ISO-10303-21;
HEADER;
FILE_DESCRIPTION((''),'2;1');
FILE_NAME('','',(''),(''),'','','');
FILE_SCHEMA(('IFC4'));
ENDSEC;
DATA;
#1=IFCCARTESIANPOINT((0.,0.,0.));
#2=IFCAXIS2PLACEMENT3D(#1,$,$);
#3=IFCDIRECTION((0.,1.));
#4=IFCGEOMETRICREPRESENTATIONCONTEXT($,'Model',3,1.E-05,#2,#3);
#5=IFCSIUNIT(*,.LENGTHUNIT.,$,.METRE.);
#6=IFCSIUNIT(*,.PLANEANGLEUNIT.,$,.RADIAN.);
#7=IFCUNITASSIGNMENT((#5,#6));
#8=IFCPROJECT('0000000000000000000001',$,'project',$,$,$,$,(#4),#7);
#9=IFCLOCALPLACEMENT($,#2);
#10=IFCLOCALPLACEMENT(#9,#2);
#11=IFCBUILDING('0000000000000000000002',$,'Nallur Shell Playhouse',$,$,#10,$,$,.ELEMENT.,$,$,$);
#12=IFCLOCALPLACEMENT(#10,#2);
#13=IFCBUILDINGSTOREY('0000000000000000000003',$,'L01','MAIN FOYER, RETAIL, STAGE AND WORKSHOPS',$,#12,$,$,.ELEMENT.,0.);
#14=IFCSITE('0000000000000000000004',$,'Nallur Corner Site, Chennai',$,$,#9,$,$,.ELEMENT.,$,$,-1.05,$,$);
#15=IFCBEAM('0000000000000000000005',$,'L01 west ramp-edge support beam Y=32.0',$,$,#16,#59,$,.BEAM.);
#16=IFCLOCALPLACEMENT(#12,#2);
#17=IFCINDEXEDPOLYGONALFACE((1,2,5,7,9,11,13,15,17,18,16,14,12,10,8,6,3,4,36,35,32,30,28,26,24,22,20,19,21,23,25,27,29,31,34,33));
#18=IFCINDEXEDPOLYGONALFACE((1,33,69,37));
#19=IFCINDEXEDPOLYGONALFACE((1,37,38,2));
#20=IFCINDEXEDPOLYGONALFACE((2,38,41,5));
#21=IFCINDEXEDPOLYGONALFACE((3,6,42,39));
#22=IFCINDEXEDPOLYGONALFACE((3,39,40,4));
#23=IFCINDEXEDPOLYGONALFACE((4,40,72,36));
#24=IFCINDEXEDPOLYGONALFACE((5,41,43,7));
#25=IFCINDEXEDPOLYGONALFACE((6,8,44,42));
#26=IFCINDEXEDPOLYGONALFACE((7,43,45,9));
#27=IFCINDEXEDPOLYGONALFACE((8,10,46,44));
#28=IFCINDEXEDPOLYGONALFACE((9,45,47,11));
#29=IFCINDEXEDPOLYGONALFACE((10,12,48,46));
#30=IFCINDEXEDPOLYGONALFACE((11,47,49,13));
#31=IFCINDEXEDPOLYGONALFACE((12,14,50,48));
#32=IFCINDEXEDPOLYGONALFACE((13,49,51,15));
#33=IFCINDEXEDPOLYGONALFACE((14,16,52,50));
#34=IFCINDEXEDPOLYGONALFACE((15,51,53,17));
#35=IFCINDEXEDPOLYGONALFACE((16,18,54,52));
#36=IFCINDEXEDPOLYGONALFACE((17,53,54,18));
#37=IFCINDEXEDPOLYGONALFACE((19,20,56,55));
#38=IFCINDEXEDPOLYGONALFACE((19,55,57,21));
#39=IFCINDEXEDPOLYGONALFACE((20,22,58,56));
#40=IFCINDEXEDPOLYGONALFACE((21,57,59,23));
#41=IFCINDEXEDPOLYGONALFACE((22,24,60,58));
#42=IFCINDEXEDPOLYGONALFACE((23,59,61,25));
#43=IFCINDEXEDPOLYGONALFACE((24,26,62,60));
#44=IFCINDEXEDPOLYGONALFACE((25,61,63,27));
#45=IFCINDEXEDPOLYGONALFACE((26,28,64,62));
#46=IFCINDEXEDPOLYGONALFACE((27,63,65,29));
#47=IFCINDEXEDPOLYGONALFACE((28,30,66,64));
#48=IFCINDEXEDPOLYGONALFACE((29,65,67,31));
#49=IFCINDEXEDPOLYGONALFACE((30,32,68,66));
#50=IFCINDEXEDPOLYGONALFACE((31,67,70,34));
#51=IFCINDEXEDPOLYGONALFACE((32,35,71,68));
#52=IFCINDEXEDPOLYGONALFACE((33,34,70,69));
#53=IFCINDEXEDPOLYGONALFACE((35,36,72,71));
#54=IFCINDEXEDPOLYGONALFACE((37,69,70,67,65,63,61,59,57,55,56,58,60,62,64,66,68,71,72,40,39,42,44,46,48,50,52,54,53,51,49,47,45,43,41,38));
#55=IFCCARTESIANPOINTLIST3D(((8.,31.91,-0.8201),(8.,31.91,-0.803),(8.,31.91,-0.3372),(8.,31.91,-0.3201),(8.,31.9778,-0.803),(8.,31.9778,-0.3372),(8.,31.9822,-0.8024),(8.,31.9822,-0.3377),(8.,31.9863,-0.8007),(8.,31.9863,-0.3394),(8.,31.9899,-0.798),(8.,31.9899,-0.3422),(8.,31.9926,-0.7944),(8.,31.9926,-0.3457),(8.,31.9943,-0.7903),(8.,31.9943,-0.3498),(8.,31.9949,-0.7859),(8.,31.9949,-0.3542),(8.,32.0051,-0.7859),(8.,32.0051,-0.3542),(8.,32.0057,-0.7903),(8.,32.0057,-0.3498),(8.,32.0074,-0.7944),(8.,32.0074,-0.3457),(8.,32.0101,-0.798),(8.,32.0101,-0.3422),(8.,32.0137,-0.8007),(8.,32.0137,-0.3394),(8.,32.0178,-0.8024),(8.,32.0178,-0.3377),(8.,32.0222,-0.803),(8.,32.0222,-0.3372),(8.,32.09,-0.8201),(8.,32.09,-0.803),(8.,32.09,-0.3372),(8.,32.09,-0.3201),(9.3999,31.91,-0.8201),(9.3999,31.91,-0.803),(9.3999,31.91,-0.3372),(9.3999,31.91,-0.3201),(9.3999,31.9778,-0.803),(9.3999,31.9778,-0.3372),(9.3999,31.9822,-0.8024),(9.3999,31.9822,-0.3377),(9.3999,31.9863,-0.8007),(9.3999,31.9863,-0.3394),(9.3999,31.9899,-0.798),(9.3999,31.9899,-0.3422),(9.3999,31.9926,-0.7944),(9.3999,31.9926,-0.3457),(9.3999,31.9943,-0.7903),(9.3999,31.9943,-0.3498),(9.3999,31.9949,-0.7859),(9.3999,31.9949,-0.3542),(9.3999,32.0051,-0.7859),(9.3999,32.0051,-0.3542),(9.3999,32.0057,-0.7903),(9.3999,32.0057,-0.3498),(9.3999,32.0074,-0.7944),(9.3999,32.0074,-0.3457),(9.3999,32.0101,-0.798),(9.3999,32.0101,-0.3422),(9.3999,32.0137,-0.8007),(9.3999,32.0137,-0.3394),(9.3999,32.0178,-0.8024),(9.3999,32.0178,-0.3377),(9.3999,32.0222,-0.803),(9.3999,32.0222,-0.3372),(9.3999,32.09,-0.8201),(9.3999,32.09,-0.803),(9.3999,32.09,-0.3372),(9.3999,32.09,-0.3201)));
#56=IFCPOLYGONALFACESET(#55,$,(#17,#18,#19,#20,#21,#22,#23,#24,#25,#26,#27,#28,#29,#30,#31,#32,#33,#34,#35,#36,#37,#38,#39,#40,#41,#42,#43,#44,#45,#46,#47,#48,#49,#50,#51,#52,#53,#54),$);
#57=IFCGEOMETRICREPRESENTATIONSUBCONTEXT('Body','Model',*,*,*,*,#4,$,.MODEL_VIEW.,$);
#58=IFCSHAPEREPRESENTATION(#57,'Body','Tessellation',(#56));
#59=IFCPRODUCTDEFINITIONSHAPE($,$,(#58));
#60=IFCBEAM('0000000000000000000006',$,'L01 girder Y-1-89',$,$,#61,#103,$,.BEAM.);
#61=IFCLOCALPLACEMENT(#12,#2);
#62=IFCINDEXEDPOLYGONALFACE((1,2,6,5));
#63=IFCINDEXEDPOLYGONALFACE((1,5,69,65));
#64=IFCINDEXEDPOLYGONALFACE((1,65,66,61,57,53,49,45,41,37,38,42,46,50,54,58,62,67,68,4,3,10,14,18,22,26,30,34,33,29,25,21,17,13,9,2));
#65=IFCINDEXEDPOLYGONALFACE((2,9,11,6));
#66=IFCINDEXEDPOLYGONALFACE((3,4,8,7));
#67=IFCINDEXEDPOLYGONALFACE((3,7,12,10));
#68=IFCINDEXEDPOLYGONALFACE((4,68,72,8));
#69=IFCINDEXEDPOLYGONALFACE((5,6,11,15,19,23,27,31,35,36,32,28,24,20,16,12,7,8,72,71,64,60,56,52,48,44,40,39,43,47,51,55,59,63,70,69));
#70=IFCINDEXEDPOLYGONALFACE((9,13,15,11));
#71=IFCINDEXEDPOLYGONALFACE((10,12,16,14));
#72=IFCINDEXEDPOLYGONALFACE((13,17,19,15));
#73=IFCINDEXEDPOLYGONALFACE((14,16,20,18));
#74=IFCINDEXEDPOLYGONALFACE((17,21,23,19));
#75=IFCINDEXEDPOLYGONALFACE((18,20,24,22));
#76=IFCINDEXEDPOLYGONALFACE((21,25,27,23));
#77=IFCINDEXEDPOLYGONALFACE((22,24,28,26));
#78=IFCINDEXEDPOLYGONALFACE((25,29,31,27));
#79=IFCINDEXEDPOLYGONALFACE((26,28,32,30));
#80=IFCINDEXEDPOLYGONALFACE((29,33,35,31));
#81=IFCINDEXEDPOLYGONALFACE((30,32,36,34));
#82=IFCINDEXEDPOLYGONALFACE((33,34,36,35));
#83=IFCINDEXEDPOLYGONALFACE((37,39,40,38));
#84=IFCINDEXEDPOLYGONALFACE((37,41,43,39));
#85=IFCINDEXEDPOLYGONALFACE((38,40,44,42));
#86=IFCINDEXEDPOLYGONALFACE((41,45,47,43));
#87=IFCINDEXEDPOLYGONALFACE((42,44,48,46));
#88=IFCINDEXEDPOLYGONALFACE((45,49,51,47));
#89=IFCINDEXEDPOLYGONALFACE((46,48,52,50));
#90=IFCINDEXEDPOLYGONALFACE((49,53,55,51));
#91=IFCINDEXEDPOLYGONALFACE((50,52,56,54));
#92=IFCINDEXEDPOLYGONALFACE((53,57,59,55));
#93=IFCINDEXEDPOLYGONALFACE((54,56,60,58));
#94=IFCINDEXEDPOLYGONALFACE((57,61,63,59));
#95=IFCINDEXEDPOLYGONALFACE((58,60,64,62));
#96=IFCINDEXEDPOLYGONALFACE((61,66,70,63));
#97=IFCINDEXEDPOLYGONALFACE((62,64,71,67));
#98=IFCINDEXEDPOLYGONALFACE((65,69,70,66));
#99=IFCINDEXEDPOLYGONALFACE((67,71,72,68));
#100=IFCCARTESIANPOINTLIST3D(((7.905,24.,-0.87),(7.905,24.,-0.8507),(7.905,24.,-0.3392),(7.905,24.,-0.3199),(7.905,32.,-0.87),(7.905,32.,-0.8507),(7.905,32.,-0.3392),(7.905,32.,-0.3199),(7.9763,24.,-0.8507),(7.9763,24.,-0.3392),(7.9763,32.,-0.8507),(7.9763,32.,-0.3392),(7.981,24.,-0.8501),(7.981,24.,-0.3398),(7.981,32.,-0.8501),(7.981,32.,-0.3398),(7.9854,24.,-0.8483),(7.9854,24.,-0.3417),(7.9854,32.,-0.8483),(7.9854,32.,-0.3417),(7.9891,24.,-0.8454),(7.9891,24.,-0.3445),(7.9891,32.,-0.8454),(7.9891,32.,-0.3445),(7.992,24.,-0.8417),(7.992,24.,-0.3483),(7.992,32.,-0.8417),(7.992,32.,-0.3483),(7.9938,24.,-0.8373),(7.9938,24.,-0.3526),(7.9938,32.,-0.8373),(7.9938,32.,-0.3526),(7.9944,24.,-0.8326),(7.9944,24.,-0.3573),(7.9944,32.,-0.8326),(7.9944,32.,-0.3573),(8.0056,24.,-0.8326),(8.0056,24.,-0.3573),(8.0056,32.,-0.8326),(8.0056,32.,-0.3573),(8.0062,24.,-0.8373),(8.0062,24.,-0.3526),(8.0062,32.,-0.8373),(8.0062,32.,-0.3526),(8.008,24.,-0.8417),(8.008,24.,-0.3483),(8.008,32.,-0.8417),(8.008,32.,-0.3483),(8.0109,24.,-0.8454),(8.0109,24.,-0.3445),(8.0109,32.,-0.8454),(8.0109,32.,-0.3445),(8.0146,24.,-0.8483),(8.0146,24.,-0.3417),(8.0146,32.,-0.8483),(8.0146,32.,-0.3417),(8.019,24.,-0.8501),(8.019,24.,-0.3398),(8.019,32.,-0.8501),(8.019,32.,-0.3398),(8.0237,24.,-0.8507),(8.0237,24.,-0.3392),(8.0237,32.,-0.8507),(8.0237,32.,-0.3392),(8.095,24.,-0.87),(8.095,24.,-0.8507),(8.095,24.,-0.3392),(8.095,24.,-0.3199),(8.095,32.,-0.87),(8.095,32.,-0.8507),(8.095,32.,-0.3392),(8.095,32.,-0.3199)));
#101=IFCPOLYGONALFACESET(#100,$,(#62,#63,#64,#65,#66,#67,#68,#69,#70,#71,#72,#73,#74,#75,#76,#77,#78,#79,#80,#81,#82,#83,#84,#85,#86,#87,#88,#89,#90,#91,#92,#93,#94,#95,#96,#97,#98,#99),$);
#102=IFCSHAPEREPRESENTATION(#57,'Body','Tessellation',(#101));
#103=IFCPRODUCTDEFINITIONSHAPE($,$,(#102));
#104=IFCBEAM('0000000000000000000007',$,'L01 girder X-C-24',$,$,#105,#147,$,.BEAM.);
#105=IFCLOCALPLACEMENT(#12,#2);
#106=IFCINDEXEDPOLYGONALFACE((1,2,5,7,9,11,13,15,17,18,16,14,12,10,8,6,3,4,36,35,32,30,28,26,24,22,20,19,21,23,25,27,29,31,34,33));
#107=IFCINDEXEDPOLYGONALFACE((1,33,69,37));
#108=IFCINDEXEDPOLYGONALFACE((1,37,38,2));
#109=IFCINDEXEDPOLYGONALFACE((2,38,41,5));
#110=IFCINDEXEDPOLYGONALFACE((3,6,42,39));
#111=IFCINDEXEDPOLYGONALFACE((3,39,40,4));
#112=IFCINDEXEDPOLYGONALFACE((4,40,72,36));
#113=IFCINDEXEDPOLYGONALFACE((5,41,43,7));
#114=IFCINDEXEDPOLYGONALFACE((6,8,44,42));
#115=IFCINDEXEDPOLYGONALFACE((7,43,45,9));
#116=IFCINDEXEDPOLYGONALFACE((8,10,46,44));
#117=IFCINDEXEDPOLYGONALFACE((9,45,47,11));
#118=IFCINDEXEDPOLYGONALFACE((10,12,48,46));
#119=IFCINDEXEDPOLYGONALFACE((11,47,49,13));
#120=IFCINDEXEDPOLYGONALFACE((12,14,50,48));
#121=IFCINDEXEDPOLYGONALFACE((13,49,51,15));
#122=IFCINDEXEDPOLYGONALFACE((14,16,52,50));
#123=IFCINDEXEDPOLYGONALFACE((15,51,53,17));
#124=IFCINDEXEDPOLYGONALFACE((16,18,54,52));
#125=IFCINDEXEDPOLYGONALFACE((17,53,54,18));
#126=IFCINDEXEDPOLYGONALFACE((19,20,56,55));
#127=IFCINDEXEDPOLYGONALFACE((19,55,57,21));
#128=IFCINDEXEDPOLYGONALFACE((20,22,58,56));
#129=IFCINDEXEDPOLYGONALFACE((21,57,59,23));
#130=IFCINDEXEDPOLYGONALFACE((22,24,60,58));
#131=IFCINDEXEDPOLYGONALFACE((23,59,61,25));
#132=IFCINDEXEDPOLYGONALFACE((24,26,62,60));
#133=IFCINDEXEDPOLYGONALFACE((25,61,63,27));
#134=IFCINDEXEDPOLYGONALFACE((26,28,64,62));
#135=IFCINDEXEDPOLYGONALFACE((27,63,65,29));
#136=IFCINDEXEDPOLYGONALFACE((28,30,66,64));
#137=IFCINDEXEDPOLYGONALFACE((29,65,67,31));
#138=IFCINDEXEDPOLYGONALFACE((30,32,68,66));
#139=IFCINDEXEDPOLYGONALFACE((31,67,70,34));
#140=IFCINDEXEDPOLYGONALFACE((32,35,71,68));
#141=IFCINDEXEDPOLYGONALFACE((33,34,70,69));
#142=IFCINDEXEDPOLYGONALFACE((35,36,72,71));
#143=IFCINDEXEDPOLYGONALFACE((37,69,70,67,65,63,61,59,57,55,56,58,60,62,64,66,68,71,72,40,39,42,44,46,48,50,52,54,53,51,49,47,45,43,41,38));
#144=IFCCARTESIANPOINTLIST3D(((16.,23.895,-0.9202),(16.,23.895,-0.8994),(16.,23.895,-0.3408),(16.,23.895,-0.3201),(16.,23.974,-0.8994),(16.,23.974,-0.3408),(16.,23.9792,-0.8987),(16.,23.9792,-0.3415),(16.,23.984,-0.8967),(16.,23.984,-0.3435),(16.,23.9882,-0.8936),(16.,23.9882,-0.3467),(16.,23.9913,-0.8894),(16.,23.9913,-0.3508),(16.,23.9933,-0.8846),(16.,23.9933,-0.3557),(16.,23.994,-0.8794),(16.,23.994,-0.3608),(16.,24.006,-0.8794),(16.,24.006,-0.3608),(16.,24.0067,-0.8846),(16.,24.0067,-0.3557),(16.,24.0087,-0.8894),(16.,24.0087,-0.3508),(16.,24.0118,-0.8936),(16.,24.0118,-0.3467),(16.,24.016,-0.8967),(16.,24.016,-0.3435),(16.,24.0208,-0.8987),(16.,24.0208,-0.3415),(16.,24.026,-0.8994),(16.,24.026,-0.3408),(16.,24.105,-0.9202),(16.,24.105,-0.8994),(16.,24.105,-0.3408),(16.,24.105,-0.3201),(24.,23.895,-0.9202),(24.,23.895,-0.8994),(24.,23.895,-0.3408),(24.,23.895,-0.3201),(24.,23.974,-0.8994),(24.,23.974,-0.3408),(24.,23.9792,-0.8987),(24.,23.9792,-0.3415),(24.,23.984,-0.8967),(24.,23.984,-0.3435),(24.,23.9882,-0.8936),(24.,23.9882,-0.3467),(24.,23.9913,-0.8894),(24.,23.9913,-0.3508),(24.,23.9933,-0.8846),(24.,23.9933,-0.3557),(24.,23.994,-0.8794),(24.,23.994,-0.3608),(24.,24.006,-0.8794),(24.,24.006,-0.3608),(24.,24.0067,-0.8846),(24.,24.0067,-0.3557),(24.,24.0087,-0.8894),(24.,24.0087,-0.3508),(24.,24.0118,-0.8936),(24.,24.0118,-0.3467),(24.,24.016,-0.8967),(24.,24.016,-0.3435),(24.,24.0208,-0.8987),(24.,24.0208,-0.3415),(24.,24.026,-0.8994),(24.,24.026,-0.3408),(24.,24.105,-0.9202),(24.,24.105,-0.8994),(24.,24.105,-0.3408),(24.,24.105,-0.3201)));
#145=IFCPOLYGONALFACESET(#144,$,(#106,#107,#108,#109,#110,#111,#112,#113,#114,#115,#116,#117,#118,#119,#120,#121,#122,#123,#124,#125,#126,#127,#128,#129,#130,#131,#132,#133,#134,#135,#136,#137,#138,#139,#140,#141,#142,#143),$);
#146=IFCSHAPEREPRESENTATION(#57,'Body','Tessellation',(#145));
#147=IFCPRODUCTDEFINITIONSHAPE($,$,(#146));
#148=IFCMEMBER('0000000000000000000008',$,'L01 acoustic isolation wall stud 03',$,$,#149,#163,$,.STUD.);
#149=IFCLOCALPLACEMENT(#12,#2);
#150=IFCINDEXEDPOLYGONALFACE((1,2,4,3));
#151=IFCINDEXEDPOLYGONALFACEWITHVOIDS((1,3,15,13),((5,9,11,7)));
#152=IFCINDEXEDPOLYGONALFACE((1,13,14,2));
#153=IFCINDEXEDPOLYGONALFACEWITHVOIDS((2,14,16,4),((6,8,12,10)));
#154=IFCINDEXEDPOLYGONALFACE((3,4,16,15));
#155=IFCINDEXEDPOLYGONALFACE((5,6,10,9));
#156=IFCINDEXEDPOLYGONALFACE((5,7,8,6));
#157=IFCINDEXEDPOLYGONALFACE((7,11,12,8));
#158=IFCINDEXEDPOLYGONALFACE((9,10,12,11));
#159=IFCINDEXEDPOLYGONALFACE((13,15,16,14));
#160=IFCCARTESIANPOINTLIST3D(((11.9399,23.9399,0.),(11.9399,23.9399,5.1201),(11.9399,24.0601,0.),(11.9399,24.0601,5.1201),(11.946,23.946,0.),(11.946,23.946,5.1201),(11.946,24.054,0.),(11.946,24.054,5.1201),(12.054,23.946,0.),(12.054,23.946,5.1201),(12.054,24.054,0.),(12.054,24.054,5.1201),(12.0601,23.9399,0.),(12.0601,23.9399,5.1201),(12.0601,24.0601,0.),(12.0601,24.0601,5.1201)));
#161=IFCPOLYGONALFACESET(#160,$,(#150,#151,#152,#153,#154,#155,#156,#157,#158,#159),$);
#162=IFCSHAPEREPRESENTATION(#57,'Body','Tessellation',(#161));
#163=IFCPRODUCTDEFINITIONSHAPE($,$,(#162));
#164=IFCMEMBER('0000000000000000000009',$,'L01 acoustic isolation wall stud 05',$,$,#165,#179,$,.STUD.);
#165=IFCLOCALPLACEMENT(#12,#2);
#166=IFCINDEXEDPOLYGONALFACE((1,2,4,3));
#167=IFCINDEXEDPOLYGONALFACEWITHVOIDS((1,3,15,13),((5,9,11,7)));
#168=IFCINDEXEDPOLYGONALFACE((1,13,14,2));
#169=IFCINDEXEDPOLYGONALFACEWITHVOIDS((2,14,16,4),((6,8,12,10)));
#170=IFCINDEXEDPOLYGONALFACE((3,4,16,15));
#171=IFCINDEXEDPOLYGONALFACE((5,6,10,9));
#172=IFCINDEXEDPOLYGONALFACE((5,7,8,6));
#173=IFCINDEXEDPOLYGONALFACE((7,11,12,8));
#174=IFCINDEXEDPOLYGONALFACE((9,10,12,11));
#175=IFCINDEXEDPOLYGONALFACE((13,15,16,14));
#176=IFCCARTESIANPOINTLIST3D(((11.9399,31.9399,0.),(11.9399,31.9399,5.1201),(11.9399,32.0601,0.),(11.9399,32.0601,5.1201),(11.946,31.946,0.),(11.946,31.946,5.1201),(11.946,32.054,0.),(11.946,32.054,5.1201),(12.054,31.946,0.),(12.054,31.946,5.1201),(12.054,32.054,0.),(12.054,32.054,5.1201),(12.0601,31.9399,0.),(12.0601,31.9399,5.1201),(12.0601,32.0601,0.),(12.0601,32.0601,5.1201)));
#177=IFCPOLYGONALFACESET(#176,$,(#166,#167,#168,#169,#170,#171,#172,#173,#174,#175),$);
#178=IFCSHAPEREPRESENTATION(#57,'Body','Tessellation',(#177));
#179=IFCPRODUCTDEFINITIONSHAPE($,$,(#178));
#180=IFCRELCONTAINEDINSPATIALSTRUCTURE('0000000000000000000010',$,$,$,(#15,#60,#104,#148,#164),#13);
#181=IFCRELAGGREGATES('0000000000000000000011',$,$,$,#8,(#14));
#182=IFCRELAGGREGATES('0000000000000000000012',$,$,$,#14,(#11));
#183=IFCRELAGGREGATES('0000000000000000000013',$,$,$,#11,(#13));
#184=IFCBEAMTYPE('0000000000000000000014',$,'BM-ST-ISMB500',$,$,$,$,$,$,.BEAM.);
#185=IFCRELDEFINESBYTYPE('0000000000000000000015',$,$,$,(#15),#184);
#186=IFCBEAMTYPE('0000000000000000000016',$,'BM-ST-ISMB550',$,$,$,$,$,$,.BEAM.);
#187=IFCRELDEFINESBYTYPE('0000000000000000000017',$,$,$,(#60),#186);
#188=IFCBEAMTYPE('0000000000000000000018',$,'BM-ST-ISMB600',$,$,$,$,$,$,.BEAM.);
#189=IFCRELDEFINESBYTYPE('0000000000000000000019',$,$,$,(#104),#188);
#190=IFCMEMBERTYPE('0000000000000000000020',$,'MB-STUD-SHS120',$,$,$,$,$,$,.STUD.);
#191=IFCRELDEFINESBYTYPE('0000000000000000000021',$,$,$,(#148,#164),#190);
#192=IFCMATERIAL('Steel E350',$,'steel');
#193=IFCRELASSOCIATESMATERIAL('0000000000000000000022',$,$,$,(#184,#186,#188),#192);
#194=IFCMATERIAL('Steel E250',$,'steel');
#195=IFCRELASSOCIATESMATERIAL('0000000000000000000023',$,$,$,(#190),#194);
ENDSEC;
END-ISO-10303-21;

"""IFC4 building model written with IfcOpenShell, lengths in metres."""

from ifc_helpers import new_model, si_unit, direction, frame, origin, origin_2d, place, context, subcontext, project, spatial, hollow_rectangle, i_section, extrude, material, material_profile, profile_set, type_object, element, save


model = new_model("IFC4")

# Units and contexts
model_context = context("Model", 3, precision=1e-05, world=origin(), true_north=direction((0.0, 1.0)))
body_context = subcontext(model_context, "Body", "Model", "MODEL_VIEW")
ifc_project = project(units=[si_unit("LENGTHUNIT", "METRE"), si_unit("PLANEANGLEUNIT", "RADIAN")], contexts=[model_context])

# Site, building, storey
site_placement = place(None, origin())
site = spatial("IfcSite", under=ifc_project, at=site_placement, Name="Nallur Corner Site, Chennai", CompositionType="ELEMENT", RefElevation=-1.05)
building_placement = place(site_placement, origin())
building = spatial("IfcBuilding", under=site, at=building_placement, Name="Nallur Shell Playhouse", CompositionType="ELEMENT")
storey_placement = place(building_placement, origin())
storey = spatial("IfcBuildingStorey", under=building, at=storey_placement, Name="L01", Description="MAIN FOYER, RETAIL, STAGE AND WORKSHOPS", CompositionType="ELEMENT", Elevation=0.0)

# Beams
ifc_material_1 = material(Name="Steel E350", Category="steel")
ifc_material_profile_1 = material_profile(ifc_material_1, i_section(OverallWidth=0.1799, OverallDepth=0.5, WebThickness=0.0103, FlangeThickness=0.0171, FilletRadius=0.0171, at=origin_2d()), Name="ISMB 500")
ifc_profile_set_1 = profile_set([ifc_material_profile_1], Name="Steel E350")
beam_type_1 = type_object("IfcBeamType", Name="BM-ST-ISMB500", PredefinedType="BEAM", material=ifc_profile_set_1)
for number, where, z_axis, x_axis, name in (
    (1, (8.0, 32.0, -0.5701), (1.0, 0.0, 0.0), (0.0, 1.0, 0.0), "L01 west ramp-edge support beam Y=32.0"),
):
    element("IfcBeam", number, at=place(storey_placement, frame(where, z_axis=z_axis, x_axis=x_axis)), inside=storey, type_object=beam_type_1, Name=name, PredefinedType="BEAM", context=body_context, shape_type="SweptSolid", body=[
        extrude(i_section(OverallWidth=0.1799, OverallDepth=0.5, WebThickness=0.0103, FlangeThickness=0.0171, FilletRadius=0.0171, at=origin_2d()), origin(), (0.0, 0.0, 1.0), 1.3999),
    ])
ifc_material_profile_2 = material_profile(ifc_material_1, i_section(OverallWidth=0.1899, OverallDepth=0.55, WebThickness=0.0112, FlangeThickness=0.0193, FilletRadius=0.0181, at=origin_2d()), Name="ISMB 550")
ifc_profile_set_2 = profile_set([ifc_material_profile_2], Name="Steel E350")
beam_type_2 = type_object("IfcBeamType", Name="BM-ST-ISMB550", PredefinedType="BEAM", material=ifc_profile_set_2)
beam_1_placement = place(storey_placement, frame((8.0, 24.0, -0.595), z_axis=(0.0, 1.0, 0.0), x_axis=(-1.0, 0.0, 0.0)))
element("IfcBeam", 2, at=beam_1_placement, inside=storey, type_object=beam_type_2, Name="L01 girder Y-1-89", PredefinedType="BEAM", context=body_context, shape_type="SweptSolid", body=[
    extrude(i_section(OverallWidth=0.1899, OverallDepth=0.55, WebThickness=0.0112, FlangeThickness=0.0193, FilletRadius=0.0181, at=origin_2d()), origin(), (0.0, 0.0, 1.0), 8.0),
])
ifc_material_profile_3 = material_profile(ifc_material_1, i_section(OverallWidth=0.21, OverallDepth=0.6001, WebThickness=0.012, FlangeThickness=0.0208, FilletRadius=0.02, at=origin_2d()), Name="ISMB 600")
ifc_profile_set_3 = profile_set([ifc_material_profile_3], Name="Steel E350")
beam_type_3 = type_object("IfcBeamType", Name="BM-ST-ISMB600", PredefinedType="BEAM", material=ifc_profile_set_3)
beam_2_placement = place(storey_placement, frame((16.0, 24.0, -0.6201), z_axis=(1.0, 0.0, 0.0), x_axis=(0.0, 1.0, 0.0)))
element("IfcBeam", 3, at=beam_2_placement, inside=storey, type_object=beam_type_3, Name="L01 girder X-C-24", PredefinedType="BEAM", context=body_context, shape_type="SweptSolid", body=[
    extrude(i_section(OverallWidth=0.21, OverallDepth=0.6001, WebThickness=0.012, FlangeThickness=0.0208, FilletRadius=0.02, at=origin_2d()), origin(), (0.0, 0.0, 1.0), 8.0),
])

# Members
ifc_material_2 = material(Name="Steel E250", Category="steel")
ifc_material_profile_4 = material_profile(ifc_material_2, hollow_rectangle(XDim=0.1201, YDim=0.1201, WallThickness=0.0061, at=origin_2d()), Name="SHS 120x120x6")
ifc_profile_set_4 = profile_set([ifc_material_profile_4], Name="Steel E250")
member_type = type_object("IfcMemberType", Name="MB-STUD-SHS120", PredefinedType="STUD", material=ifc_profile_set_4)
for number, where, z_axis, x_axis, name in (
    (4, (12.0, 24.0, 0.0), (0.0, 0.0, 1.0), (1.0, 0.0, 0.0), "L01 acoustic isolation wall stud 03"),
    (5, (12.0, 32.0, 0.0), (0.0, 0.0, 1.0), (1.0, 0.0, 0.0), "L01 acoustic isolation wall stud 05"),
):
    element("IfcMember", number, at=place(storey_placement, frame(where, z_axis=z_axis, x_axis=x_axis)), inside=storey, type_object=member_type, Name=name, PredefinedType="STUD", context=body_context, shape_type="SweptSolid", body=[
        extrude(hollow_rectangle(XDim=0.1201, YDim=0.1201, WallThickness=0.0061, at=origin_2d()), origin(), (0.0, 0.0, 1.0), 5.1201),
    ])

save(model, "model.ifc")
